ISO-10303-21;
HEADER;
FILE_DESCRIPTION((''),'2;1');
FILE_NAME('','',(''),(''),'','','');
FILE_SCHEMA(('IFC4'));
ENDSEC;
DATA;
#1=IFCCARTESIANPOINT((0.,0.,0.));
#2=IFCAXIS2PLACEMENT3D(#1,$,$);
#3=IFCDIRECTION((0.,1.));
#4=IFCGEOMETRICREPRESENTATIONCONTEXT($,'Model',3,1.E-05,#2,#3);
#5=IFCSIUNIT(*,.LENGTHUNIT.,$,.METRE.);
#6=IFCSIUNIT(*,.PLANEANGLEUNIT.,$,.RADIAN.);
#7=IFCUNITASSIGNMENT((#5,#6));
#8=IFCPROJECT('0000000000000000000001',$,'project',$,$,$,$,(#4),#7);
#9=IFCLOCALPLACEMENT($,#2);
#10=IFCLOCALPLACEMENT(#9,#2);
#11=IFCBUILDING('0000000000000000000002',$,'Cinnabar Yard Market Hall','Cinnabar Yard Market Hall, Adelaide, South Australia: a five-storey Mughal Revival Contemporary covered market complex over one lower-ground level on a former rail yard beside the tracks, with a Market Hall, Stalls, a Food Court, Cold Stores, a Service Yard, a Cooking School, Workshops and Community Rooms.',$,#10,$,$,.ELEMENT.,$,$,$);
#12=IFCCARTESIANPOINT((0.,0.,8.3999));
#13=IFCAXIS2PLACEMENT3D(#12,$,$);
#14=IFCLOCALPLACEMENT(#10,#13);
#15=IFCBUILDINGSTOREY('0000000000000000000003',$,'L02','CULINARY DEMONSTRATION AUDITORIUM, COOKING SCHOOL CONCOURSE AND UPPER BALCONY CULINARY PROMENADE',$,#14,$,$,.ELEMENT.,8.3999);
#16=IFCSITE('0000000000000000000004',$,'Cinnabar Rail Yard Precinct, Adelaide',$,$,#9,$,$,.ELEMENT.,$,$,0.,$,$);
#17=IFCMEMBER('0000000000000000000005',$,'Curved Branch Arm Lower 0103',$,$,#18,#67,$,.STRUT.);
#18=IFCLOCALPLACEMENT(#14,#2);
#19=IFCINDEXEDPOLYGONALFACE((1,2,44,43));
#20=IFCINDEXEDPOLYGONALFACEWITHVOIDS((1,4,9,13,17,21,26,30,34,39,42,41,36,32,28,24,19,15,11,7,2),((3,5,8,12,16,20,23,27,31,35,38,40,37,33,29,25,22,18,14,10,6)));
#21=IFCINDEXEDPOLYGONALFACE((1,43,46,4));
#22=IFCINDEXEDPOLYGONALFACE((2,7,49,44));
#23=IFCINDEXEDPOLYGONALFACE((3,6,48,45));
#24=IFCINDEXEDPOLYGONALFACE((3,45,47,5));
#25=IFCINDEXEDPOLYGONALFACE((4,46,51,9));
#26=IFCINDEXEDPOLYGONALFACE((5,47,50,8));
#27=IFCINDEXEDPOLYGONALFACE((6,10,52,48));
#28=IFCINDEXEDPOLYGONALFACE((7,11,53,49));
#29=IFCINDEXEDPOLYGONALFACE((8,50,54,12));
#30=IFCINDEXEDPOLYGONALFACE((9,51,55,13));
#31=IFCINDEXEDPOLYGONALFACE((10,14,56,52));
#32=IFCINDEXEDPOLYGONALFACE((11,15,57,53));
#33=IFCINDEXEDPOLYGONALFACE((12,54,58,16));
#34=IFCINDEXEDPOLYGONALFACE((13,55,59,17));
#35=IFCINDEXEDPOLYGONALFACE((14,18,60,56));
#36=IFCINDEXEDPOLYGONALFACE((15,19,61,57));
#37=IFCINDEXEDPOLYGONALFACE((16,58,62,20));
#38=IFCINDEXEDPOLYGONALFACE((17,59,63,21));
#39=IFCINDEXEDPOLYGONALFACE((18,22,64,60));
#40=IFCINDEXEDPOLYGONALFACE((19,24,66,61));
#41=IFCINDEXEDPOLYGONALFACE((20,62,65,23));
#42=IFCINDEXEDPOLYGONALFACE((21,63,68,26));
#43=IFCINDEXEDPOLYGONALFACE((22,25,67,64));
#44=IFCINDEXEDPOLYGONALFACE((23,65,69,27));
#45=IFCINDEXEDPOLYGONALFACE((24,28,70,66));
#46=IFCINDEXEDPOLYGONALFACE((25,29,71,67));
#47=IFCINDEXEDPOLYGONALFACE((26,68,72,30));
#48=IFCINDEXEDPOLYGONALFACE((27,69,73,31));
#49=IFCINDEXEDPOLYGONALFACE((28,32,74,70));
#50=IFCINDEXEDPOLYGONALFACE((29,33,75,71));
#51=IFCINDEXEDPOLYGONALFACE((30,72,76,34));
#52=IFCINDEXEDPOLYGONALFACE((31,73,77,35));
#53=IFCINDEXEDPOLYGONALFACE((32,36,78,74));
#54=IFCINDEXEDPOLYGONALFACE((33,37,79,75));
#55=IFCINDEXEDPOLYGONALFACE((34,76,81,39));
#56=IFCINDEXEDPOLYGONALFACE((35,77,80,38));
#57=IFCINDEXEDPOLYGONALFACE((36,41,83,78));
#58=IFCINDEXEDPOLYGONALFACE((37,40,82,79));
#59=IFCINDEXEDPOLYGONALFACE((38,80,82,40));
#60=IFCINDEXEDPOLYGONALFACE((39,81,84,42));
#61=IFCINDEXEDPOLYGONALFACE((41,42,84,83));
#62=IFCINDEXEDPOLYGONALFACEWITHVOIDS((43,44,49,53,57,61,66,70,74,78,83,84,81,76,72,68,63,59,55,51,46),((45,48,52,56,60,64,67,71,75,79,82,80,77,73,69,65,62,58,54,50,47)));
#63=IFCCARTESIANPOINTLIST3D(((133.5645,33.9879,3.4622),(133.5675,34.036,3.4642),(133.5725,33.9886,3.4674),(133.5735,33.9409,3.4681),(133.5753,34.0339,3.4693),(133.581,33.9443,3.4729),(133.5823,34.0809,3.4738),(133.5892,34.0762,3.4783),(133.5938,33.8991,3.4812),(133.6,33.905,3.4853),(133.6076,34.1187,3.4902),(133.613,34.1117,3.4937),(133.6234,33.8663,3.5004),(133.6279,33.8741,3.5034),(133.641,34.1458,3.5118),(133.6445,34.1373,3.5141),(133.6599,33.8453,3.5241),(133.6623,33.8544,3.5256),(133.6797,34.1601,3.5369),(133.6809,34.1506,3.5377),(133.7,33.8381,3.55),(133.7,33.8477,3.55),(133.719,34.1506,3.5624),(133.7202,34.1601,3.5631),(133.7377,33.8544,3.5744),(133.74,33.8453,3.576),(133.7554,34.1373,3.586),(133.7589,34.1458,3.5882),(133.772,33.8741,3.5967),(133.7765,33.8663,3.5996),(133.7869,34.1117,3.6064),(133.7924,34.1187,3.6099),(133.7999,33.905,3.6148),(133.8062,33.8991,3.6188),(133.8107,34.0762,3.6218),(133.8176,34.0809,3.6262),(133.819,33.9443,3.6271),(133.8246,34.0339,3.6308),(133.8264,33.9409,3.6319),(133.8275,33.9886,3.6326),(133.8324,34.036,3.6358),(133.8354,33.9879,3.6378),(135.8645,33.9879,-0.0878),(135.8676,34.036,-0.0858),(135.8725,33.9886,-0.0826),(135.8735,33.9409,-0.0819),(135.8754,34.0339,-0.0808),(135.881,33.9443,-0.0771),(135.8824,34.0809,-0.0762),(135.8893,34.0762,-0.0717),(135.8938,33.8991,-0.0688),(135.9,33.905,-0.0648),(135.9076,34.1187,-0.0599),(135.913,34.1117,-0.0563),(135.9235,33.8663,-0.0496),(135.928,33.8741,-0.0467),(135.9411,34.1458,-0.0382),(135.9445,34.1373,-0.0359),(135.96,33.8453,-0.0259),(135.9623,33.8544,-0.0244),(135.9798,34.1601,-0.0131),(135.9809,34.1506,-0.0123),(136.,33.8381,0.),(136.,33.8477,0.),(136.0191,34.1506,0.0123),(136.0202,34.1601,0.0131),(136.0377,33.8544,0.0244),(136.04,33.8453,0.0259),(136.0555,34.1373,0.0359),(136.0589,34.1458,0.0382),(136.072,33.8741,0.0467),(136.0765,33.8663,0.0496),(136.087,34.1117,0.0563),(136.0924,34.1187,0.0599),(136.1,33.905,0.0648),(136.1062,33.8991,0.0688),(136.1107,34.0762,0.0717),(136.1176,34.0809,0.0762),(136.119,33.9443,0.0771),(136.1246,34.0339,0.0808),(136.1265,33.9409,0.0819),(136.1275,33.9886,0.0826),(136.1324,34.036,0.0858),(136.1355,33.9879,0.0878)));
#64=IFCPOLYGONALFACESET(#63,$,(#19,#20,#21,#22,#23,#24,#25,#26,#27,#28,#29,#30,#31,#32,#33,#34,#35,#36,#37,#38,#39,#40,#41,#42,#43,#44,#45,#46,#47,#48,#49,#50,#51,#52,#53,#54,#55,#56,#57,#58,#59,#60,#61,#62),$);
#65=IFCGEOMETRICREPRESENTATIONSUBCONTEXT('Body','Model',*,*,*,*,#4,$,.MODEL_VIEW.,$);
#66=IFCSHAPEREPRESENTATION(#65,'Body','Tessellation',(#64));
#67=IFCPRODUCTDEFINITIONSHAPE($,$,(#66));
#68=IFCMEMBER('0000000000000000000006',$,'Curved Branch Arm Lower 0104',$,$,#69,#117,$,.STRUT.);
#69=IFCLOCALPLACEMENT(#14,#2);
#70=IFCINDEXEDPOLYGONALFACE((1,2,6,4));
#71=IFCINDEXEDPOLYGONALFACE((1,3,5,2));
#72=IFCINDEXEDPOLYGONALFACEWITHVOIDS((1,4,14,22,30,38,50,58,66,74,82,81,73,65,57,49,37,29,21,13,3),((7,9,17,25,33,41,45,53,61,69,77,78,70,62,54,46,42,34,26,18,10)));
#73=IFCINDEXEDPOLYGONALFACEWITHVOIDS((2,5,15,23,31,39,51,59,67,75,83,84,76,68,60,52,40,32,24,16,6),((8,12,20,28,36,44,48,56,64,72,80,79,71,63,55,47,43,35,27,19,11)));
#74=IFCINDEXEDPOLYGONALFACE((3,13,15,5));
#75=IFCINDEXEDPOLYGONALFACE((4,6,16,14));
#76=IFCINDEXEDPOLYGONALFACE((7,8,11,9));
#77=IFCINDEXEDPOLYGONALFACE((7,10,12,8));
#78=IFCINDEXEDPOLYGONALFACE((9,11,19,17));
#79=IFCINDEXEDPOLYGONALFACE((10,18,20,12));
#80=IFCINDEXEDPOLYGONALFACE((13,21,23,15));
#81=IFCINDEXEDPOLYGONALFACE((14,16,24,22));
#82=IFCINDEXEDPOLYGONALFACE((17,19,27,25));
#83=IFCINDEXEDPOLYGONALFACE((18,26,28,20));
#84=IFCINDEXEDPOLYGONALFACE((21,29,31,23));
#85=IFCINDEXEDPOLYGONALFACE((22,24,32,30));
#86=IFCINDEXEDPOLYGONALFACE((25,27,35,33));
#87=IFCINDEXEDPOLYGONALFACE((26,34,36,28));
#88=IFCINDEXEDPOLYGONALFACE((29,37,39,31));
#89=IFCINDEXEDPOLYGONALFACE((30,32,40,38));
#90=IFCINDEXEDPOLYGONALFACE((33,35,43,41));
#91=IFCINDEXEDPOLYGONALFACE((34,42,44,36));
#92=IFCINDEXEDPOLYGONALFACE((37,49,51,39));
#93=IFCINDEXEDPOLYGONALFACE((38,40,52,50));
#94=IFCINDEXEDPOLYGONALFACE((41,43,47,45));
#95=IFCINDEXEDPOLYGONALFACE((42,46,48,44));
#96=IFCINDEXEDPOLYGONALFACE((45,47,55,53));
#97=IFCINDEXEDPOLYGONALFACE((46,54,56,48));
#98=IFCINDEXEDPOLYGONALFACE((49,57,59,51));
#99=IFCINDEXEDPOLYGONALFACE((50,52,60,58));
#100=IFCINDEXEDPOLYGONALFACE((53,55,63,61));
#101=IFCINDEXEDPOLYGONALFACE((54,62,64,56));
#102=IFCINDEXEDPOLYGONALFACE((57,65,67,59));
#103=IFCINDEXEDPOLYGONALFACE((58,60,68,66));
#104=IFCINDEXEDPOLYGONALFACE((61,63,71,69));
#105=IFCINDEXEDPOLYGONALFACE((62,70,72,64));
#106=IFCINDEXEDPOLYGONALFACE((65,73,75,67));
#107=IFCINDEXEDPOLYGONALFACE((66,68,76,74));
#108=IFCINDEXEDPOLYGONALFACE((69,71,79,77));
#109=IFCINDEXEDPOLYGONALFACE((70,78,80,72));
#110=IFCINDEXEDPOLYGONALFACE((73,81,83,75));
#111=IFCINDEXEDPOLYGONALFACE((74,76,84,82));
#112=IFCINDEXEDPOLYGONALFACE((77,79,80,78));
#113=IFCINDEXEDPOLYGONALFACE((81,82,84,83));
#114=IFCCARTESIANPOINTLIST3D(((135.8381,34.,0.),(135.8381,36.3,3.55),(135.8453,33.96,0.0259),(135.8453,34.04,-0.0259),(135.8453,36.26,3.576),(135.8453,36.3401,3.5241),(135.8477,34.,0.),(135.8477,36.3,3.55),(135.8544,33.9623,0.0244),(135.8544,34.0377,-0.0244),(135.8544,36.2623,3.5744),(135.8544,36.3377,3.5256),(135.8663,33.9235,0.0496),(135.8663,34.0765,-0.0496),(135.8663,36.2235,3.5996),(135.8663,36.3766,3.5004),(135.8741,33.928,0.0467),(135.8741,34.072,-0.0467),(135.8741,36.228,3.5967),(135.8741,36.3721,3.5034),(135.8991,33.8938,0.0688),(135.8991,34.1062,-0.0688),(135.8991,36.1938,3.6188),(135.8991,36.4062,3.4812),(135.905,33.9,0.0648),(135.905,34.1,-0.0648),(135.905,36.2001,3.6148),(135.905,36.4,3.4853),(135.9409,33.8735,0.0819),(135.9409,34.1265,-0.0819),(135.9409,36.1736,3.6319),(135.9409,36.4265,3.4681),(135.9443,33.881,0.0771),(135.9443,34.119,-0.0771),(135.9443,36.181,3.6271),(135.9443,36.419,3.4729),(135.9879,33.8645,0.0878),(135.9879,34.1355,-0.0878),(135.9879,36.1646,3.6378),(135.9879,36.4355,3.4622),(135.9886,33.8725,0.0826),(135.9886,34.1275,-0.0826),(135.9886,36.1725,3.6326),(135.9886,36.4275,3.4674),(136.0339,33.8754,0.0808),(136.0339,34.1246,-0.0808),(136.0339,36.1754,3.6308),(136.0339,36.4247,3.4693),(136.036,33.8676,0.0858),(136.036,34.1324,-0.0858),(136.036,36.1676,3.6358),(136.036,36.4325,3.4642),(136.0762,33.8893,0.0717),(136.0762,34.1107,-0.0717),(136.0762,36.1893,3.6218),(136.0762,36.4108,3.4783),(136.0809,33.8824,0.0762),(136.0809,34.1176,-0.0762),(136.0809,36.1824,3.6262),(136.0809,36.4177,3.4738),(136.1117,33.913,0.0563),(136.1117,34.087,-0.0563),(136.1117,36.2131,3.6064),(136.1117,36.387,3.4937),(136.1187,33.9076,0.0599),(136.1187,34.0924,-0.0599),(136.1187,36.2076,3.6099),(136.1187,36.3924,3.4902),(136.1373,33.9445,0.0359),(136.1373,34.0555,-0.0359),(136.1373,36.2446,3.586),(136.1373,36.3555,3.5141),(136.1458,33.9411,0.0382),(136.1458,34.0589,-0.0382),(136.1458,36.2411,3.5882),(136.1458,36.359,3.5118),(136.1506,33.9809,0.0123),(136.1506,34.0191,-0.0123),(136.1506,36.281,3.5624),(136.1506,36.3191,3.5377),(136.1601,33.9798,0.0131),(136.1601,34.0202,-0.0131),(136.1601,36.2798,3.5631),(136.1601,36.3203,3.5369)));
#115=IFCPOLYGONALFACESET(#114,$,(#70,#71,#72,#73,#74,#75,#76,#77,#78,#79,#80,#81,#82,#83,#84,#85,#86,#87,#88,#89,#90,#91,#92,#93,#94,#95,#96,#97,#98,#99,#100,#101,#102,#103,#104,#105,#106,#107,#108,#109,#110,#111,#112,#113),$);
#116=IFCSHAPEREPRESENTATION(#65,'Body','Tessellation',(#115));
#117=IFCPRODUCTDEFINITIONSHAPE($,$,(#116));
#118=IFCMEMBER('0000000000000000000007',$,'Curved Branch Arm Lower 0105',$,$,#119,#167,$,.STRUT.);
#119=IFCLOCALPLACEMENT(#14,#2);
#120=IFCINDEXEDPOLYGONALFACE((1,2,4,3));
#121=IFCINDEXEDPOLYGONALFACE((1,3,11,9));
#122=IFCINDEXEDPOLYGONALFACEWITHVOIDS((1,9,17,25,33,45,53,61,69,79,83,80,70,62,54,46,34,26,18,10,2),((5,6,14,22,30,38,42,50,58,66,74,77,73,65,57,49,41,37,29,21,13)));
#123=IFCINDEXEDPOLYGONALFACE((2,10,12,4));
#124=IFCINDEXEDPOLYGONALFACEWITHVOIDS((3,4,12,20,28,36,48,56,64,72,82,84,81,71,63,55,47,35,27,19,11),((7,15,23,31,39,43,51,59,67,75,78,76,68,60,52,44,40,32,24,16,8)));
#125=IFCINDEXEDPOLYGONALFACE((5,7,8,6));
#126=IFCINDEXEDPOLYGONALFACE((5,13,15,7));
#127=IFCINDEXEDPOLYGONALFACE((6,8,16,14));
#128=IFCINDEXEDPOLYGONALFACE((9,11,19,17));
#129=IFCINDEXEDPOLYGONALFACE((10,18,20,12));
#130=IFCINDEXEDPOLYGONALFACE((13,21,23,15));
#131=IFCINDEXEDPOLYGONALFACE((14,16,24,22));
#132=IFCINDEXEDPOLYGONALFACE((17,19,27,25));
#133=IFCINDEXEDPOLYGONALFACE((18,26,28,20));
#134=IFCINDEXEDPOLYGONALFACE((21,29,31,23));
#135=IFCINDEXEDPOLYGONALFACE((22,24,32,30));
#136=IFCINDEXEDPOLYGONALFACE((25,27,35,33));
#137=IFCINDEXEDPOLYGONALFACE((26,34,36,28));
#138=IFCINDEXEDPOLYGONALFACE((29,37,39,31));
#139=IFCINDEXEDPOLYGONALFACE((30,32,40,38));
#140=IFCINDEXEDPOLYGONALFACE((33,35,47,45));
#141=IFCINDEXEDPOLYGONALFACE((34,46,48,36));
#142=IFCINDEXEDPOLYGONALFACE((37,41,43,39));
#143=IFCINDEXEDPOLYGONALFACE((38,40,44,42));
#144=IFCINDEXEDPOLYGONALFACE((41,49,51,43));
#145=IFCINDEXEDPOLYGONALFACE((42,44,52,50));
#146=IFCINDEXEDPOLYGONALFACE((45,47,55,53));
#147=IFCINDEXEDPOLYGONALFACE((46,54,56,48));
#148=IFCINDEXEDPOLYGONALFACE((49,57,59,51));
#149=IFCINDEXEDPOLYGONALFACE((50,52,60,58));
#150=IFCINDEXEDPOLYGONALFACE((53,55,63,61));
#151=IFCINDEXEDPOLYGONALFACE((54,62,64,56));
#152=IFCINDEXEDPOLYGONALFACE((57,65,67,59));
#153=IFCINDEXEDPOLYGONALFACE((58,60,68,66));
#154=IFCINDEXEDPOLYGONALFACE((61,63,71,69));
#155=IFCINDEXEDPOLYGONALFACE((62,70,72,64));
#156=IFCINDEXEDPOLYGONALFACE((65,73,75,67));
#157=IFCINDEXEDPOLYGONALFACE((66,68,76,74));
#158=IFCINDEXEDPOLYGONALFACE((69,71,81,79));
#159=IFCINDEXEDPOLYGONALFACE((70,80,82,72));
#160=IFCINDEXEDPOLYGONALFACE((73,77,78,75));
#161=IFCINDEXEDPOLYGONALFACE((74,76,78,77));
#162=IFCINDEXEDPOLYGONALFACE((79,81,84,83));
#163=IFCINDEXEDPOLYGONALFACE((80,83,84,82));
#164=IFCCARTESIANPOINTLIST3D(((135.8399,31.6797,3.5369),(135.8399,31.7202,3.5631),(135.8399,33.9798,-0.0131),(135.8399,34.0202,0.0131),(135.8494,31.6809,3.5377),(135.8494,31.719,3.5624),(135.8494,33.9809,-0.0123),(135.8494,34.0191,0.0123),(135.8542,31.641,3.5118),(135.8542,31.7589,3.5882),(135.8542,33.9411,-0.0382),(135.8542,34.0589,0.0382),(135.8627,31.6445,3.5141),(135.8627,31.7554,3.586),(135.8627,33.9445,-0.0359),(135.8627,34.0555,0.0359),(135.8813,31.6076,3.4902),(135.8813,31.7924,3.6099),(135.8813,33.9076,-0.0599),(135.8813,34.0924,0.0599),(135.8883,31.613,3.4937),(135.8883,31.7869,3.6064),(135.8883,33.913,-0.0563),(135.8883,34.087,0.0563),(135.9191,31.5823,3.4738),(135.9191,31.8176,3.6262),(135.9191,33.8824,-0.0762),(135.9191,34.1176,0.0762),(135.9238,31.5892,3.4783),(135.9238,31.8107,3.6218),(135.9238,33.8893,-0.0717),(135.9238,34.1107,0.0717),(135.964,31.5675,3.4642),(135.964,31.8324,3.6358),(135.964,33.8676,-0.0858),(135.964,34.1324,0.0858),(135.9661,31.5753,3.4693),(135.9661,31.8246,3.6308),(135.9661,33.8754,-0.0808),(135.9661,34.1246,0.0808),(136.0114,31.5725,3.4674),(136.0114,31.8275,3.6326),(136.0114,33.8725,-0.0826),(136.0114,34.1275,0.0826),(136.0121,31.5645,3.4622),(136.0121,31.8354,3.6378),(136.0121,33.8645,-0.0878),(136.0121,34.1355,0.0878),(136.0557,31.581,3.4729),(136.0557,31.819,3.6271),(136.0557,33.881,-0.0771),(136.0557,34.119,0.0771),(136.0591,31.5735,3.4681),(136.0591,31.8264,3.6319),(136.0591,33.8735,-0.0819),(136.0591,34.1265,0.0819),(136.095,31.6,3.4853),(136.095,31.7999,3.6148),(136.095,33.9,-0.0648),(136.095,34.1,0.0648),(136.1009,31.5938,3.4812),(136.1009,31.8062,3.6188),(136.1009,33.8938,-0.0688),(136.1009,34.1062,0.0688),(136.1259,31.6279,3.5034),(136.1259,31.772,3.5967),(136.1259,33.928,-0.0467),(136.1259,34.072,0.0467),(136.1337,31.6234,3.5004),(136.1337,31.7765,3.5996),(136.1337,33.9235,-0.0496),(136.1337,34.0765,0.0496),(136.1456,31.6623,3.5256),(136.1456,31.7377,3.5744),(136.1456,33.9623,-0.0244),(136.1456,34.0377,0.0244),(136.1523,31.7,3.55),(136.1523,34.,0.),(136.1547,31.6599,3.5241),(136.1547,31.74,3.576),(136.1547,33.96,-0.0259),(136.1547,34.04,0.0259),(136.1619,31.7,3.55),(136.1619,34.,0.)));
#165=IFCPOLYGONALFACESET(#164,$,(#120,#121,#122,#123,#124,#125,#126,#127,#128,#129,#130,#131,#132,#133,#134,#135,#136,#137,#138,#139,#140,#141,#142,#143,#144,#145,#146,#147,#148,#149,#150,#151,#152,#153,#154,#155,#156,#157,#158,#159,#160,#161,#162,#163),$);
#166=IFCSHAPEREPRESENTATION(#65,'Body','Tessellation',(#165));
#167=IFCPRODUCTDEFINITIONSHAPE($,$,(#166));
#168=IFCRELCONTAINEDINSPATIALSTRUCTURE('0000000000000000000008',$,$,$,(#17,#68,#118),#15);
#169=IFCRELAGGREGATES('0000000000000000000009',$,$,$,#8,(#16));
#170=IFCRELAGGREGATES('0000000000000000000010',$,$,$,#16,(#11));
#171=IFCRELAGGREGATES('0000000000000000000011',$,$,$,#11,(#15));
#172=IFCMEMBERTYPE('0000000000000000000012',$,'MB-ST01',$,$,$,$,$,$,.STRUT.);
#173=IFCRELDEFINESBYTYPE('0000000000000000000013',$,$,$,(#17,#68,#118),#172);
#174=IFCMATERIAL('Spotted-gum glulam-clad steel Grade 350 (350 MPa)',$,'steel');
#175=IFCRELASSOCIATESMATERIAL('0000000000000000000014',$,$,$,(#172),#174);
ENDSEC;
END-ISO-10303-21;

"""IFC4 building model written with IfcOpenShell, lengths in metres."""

from ifc_helpers import new_model, si_unit, direction, frame, origin, origin_2d_with_axis, place, context, subcontext, project, spatial, hollow_circle, extrude, material, material_profile, profile_set, type_object, element, save


model = new_model("IFC4")

# Units and contexts
model_context = context("Model", 3, precision=1e-05, world=origin(), true_north=direction((0.0, 1.0)))
body_context = subcontext(model_context, "Body", "Model", "MODEL_VIEW")
ifc_project = project(units=[si_unit("LENGTHUNIT", "METRE"), si_unit("PLANEANGLEUNIT", "RADIAN")], contexts=[model_context])

# Site, building, storey
site_placement = place(None, origin())
site = spatial("IfcSite", under=ifc_project, at=site_placement, Name="Cinnabar Rail Yard Precinct, Adelaide", CompositionType="ELEMENT", RefElevation=0.0)
building_placement = place(site_placement, origin())
building = spatial("IfcBuilding", under=site, at=building_placement, Name="Cinnabar Yard Market Hall", Description="Cinnabar Yard Market Hall, Adelaide, South Australia: a five-storey Mughal Revival Contemporary covered market complex over one lower-ground level on a former rail yard beside the tracks, with a Market Hall, Stalls, a Food Court, Cold Stores, a Service Yard, a Cooking School, Workshops and Community Rooms.", CompositionType="ELEMENT")
storey_placement = place(building_placement, frame((0.0, 0.0, 8.3999)))
storey = spatial("IfcBuildingStorey", under=building, at=storey_placement, Name="L02", Description="CULINARY DEMONSTRATION AUDITORIUM, COOKING SCHOOL CONCOURSE AND UPPER BALCONY CULINARY PROMENADE", CompositionType="ELEMENT", Elevation=8.3999)

# Shared definitions
ifc_material_1 = material(Name="Spotted-gum glulam-clad steel Grade 350 (350 MPa)", Category="steel")

# Members
ifc_material_profile_1 = material_profile(ifc_material_1, hollow_circle(Radius=0.1619, WallThickness=0.0095, at=origin_2d_with_axis()), Name="323.9x9.5CHS")
ifc_profile_set_1 = profile_set([ifc_material_profile_1], Name="Spotted-gum glulam-clad steel Grade 350 (350 MPa)")
member_type_1 = type_object("IfcMemberType", Name="MB-ST01", PredefinedType="STRUT", material=ifc_profile_set_1)
for number, where, z_axis, x_axis, name in (
    (1, (136.0, 34.0, 0.0), (-0.543744, 0.0, 0.839251), (0.0, -1.0, 0.0), "Curved Branch Arm Lower 0103"),
    (2, (136.0, 34.0, 0.0), (0.0, 0.543744, 0.839251), (-1.0, 0.0, 0.0), "Curved Branch Arm Lower 0104"),
    (3, (136.0, 34.0, 0.0), (0.0, -0.543744, 0.839251), (1.0, 0.0, 0.0), "Curved Branch Arm Lower 0105"),
):
    element("IfcMember", number, at=place(storey_placement, frame(where, z_axis=z_axis, x_axis=x_axis)), inside=storey, type_object=member_type_1, Name=name, PredefinedType="STRUT", context=body_context, shape_type="SweptSolid", body=[
        extrude(hollow_circle(Radius=0.1619, WallThickness=0.0095, at=origin_2d_with_axis()), origin(), (0.0, 0.0, 1.0), 4.23),
    ])

save(model, "model.ifc")
